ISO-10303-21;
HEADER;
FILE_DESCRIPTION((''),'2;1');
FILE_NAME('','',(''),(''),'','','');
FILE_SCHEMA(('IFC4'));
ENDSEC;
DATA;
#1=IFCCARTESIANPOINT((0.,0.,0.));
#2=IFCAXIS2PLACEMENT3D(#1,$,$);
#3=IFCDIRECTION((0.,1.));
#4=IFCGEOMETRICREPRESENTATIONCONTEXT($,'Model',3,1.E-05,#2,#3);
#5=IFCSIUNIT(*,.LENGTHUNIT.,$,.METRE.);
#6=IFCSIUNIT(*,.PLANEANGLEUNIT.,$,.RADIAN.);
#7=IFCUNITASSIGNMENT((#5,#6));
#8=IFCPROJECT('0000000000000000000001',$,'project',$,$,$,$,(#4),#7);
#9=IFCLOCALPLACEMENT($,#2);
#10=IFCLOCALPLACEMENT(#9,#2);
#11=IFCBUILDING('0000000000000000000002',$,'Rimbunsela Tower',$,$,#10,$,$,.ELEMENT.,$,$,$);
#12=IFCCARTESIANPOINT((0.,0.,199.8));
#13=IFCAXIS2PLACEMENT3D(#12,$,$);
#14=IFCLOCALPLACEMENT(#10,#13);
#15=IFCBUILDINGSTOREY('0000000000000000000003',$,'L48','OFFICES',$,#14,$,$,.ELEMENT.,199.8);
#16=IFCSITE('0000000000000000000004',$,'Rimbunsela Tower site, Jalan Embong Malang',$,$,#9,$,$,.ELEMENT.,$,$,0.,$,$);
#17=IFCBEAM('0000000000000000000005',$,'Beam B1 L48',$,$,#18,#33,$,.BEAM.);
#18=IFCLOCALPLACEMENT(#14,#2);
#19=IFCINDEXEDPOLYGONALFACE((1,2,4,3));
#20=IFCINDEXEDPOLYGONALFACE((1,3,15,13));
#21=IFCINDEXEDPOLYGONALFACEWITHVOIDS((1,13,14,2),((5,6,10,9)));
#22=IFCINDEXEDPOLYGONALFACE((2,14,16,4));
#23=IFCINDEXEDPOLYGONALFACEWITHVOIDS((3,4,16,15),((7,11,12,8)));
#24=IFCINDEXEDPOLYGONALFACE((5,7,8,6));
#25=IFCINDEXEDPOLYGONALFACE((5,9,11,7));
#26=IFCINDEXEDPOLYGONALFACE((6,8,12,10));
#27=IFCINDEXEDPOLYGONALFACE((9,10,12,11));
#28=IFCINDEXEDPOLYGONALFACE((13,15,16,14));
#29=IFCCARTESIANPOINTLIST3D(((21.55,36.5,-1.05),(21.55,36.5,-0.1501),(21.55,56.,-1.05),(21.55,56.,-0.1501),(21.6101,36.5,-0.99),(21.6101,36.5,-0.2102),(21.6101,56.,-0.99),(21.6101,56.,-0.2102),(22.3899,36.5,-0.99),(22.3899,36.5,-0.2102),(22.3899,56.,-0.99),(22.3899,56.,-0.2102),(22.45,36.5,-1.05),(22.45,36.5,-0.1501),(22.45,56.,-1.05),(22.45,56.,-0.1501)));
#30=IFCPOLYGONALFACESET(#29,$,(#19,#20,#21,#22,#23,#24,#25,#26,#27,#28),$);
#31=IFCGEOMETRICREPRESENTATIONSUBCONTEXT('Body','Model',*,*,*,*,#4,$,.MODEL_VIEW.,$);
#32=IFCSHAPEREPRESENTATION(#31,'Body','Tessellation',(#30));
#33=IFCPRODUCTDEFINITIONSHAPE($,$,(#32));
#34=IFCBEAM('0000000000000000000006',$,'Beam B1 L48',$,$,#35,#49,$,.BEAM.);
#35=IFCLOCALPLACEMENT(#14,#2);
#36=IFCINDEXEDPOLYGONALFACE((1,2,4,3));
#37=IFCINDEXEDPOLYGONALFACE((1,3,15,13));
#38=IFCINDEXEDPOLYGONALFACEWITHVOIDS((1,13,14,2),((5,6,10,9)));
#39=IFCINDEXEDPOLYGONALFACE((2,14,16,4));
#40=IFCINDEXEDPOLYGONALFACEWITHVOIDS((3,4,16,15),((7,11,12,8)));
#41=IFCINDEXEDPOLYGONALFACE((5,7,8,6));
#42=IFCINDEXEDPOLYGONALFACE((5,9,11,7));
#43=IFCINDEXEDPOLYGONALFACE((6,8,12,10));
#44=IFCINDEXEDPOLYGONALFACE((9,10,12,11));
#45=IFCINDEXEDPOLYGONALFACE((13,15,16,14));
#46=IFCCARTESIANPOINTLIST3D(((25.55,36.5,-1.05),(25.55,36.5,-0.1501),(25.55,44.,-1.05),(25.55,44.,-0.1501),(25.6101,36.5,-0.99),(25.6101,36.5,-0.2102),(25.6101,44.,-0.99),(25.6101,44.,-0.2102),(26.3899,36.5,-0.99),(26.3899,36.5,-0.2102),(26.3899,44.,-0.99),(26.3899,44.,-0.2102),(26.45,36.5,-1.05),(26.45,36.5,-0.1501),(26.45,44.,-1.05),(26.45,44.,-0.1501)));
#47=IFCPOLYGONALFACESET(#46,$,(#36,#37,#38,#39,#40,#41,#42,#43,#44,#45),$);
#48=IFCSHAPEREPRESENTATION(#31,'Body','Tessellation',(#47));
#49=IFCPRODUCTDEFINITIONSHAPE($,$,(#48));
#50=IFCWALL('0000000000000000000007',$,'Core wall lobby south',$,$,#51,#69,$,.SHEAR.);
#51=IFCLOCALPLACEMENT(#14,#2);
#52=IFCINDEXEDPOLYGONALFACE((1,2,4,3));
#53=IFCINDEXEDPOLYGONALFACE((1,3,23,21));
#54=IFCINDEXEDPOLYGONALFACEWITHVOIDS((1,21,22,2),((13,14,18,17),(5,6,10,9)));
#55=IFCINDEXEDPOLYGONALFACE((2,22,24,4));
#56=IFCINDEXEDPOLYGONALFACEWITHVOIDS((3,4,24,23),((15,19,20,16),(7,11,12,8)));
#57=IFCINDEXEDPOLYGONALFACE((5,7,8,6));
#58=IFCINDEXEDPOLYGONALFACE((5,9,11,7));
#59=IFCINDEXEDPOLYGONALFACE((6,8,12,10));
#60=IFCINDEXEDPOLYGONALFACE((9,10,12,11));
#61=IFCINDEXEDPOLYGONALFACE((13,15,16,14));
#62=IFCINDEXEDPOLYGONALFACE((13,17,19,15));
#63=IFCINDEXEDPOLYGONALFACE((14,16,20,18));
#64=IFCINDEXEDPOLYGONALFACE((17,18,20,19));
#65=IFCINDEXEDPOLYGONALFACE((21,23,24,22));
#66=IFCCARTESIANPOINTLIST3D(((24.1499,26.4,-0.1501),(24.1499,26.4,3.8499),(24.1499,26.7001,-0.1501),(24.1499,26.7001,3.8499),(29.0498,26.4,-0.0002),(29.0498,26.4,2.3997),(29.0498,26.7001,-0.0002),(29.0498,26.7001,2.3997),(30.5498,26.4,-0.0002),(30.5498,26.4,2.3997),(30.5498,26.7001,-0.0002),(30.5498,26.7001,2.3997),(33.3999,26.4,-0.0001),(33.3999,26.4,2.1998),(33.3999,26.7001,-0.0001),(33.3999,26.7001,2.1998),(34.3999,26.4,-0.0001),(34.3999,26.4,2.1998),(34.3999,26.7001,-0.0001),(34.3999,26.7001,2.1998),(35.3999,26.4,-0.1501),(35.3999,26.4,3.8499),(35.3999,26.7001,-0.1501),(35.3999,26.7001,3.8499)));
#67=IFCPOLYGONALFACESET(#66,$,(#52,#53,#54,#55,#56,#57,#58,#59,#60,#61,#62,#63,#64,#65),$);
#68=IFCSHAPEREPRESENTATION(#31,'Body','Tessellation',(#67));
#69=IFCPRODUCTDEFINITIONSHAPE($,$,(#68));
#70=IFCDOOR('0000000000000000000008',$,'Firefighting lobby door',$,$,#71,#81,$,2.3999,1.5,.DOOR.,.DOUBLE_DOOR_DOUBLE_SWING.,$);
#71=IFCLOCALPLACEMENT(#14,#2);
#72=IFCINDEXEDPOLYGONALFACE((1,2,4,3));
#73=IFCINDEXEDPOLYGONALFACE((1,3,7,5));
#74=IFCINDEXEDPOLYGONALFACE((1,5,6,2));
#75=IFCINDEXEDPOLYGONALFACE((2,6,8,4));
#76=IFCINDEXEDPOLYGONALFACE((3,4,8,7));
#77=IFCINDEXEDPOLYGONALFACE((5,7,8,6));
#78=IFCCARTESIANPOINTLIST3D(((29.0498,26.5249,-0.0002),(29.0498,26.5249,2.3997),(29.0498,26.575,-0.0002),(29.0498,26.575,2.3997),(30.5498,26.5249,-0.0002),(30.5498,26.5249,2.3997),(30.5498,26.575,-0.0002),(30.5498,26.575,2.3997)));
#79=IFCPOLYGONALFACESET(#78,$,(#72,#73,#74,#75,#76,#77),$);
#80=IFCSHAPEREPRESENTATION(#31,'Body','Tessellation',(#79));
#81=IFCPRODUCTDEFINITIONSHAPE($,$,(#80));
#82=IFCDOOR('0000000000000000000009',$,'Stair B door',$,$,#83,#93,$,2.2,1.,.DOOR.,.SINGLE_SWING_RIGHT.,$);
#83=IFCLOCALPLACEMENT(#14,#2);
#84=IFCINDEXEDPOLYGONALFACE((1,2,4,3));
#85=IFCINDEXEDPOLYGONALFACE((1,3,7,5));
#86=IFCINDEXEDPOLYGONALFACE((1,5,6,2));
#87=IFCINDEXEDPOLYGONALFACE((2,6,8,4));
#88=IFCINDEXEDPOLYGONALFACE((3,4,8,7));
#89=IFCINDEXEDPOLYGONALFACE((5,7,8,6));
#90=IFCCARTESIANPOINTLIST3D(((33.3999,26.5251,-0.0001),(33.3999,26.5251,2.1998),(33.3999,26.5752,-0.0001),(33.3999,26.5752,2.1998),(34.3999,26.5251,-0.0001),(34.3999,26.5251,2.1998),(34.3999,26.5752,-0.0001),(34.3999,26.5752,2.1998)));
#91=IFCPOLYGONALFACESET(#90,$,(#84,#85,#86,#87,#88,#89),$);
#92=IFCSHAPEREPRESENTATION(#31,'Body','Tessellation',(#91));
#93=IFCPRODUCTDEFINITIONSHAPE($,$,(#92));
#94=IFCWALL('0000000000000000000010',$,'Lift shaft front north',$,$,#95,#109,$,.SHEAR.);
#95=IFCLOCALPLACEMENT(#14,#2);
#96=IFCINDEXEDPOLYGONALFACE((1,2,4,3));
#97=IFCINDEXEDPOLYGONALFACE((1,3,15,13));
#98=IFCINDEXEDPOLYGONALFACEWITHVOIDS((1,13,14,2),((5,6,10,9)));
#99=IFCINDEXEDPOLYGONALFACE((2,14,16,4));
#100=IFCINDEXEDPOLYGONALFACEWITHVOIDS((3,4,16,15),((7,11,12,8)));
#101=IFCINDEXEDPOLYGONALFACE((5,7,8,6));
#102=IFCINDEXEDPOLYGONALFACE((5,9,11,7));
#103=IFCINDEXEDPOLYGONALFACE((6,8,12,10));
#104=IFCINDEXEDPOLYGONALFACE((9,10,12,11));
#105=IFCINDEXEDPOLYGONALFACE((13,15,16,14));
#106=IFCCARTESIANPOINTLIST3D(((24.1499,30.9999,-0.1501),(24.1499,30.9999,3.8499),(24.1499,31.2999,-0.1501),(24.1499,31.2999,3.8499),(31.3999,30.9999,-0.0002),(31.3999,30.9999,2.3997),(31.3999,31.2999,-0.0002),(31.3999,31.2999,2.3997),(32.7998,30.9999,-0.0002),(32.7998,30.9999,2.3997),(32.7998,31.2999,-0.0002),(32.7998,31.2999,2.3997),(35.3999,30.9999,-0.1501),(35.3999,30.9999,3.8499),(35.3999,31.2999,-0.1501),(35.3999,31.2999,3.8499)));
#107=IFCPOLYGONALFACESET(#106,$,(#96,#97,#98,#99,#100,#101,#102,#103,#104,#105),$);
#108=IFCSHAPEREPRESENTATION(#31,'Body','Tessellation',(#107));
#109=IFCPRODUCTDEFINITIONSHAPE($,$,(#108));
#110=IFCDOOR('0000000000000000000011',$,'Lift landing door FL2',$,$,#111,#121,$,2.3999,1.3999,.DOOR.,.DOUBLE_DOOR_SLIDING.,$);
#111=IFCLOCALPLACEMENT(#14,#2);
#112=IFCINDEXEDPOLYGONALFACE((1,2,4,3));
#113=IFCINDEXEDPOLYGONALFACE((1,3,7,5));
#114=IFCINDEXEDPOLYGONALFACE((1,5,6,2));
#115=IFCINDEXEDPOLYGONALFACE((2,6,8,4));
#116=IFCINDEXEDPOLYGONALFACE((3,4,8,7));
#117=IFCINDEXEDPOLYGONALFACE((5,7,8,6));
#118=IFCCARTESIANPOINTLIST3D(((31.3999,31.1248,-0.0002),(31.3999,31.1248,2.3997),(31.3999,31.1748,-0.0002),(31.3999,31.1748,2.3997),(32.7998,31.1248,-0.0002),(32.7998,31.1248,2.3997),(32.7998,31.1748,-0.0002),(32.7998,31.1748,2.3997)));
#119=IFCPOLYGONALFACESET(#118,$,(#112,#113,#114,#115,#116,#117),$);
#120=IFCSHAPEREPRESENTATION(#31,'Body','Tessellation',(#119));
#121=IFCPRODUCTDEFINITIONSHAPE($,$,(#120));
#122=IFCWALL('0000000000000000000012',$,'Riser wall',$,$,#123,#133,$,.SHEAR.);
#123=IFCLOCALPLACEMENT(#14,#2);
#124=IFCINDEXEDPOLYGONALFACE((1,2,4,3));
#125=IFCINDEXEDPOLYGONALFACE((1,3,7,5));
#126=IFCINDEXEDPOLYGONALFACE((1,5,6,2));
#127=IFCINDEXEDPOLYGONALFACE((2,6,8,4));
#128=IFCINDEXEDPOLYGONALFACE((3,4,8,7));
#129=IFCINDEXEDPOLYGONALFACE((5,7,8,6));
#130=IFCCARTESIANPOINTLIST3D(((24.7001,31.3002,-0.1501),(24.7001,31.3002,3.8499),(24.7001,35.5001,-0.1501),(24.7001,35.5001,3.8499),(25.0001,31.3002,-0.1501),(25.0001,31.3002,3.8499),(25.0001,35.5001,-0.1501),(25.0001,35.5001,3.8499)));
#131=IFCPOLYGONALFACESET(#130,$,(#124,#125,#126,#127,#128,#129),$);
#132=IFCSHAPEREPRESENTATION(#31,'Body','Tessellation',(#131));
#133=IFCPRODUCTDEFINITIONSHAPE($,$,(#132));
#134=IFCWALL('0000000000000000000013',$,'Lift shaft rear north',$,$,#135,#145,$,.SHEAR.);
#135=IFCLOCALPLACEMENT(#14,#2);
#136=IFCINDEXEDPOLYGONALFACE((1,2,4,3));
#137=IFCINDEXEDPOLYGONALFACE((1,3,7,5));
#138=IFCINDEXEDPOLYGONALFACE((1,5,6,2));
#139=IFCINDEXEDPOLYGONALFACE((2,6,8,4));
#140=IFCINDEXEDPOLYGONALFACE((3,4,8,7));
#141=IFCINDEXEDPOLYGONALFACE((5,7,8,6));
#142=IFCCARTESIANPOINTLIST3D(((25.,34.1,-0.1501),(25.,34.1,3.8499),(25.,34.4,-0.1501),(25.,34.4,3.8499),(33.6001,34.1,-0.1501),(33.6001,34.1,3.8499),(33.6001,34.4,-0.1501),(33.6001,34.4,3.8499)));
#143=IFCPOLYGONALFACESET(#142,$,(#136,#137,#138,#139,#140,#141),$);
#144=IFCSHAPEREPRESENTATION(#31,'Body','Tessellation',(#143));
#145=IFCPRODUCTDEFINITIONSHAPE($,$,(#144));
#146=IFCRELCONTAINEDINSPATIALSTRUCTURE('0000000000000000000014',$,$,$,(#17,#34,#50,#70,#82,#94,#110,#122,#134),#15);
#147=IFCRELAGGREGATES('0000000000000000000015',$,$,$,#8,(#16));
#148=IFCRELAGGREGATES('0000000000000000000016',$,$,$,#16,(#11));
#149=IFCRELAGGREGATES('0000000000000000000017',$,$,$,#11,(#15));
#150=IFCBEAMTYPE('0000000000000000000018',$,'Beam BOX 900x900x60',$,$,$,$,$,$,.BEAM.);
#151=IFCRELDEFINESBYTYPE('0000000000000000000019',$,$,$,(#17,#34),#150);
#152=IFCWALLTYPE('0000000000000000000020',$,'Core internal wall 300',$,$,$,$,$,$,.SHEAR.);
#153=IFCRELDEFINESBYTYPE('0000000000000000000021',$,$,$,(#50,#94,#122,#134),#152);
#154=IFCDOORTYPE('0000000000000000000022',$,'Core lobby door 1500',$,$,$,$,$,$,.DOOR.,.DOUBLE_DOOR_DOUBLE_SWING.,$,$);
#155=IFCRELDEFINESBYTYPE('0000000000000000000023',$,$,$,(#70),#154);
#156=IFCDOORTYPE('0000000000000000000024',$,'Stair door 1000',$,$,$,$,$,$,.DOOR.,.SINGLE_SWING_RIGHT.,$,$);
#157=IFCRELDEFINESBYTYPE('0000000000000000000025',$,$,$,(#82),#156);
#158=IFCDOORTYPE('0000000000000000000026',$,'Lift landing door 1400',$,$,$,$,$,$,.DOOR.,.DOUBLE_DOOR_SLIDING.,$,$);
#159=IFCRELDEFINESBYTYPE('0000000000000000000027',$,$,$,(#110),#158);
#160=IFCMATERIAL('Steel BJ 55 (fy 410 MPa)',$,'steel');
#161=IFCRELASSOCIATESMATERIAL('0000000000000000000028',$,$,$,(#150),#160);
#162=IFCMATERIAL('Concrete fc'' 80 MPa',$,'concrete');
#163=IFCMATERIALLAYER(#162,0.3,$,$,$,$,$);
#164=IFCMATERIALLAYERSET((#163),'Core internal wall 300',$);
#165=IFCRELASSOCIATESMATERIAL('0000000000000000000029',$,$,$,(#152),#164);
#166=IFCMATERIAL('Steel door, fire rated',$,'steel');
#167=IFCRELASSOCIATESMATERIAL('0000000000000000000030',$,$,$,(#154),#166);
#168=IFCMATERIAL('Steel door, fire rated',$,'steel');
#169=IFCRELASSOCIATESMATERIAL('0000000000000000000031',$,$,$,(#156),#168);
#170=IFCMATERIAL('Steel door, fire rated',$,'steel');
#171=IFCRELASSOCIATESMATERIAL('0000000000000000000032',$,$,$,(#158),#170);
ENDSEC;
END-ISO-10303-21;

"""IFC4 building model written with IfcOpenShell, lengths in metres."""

from ifc_helpers import new_model, si_unit, direction, frame, frame_2d, origin, origin_2d, place, context, subcontext, project, spatial, rectangle, hollow_rectangle, extrude, material, layer, layer_set, material_profile, profile_set, type_object, element, fill, save


model = new_model("IFC4")

# Units and contexts
model_context = context("Model", 3, precision=1e-05, world=origin(), true_north=direction((0.0, 1.0)))
body_context = subcontext(model_context, "Body", "Model", "MODEL_VIEW")
ifc_project = project(units=[si_unit("LENGTHUNIT", "METRE"), si_unit("PLANEANGLEUNIT", "RADIAN")], contexts=[model_context])

# Site, building, storey
site_placement = place(None, origin())
site = spatial("IfcSite", under=ifc_project, at=site_placement, Name="Rimbunsela Tower site, Jalan Embong Malang", CompositionType="ELEMENT", RefElevation=0.0)
building_placement = place(site_placement, origin())
building = spatial("IfcBuilding", under=site, at=building_placement, Name="Rimbunsela Tower", CompositionType="ELEMENT")
storey_placement = place(building_placement, frame((0.0, 0.0, 199.8)))
storey = spatial("IfcBuildingStorey", under=building, at=storey_placement, Name="L48", Description="OFFICES", CompositionType="ELEMENT", Elevation=199.8)

# Beams
ifc_material_1 = material(Name="Steel BJ 55 (fy 410 MPa)", Category="steel")
ifc_material_profile = material_profile(ifc_material_1, hollow_rectangle(XDim=0.8999, YDim=0.8999, WallThickness=0.0601, at=origin_2d()), Name="BOX 900x900x60")
ifc_profile_set = profile_set([ifc_material_profile], Name="Steel BJ 55 (fy 410 MPa)")
beam_type = type_object("IfcBeamType", Name="Beam BOX 900x900x60", PredefinedType="BEAM", material=ifc_profile_set)
beam_1_placement = place(storey_placement, frame((22.0, 36.5, -0.6001), z_axis=(0.0, 1.0, 0.0), x_axis=(-1.0, 0.0, 0.0)))
element("IfcBeam", 1, at=beam_1_placement, inside=storey, type_object=beam_type, Name="Beam B1 L48", PredefinedType="BEAM", context=body_context, shape_type="SweptSolid", body=[
    extrude(hollow_rectangle(XDim=0.8999, YDim=0.8999, WallThickness=0.0601, at=origin_2d()), origin(), (0.0, 0.0, 1.0), 19.5),
])
beam_2_placement = place(storey_placement, frame((26.0, 36.5, -0.6001), z_axis=(0.0, 1.0, 0.0), x_axis=(-1.0, 0.0, 0.0)))
element("IfcBeam", 2, at=beam_2_placement, inside=storey, type_object=beam_type, Name="Beam B1 L48", PredefinedType="BEAM", context=body_context, shape_type="SweptSolid", body=[
    extrude(hollow_rectangle(XDim=0.8999, YDim=0.8999, WallThickness=0.0601, at=origin_2d()), origin(), (0.0, 0.0, 1.0), 7.5),
])

# Wall, openings, doors
ifc_material_2 = material(Name="Concrete fc' 80 MPa", Category="concrete")
ifc_layer_1 = layer(ifc_material_2, 0.3)
ifc_layer_set_1 = layer_set([ifc_layer_1], Name="Core internal wall 300")
wall_type_1 = type_object("IfcWallType", Name="Core internal wall 300", PredefinedType="SHEAR", material=ifc_layer_set_1)
wall_1_placement = place(storey_placement, frame((24.1499, 26.55, -0.1501), z_axis=(0.0, 0.0, 1.0), x_axis=(1.0, 0.0, 0.0)))
wall_1 = element("IfcWall", 3, at=wall_1_placement, inside=storey, type_object=wall_type_1, Name="Core wall lobby south", PredefinedType="SHEAR", context=body_context, shape_type="SweptSolid", body=[
    extrude(rectangle(XDim=11.25, YDim=0.3, at=frame_2d((5.625, 0.0))), origin(), (0.0, 0.0, 1.0), 4.0),
])
opening_1_placement = place(wall_1_placement, frame((9.25, 0.0, 0.1499)))
opening_1 = element("IfcOpeningElement", 4, at=opening_1_placement, cuts=wall_1, PredefinedType="OPENING", context=body_context, shape_type="SweptSolid", body=[
    extrude(rectangle(XDim=1.0, YDim=2.2, at=frame_2d((0.5, 1.1001))), frame((0.0, 0.1599, 0.0), z_axis=(0.0, -1.0, 0.0), x_axis=(1.0, 0.0, 0.0)), (0.0, 0.0, 1.0), 0.3201),
])
opening_2_placement = place(wall_1_placement, frame((4.8999, 0.0, 0.1499)))
opening_2 = element("IfcOpeningElement", 5, at=opening_2_placement, cuts=wall_1, PredefinedType="OPENING", context=body_context, shape_type="SweptSolid", body=[
    extrude(rectangle(XDim=1.5, YDim=2.3999, at=frame_2d((0.75, 1.2))), frame((0.0, 0.1599, 0.0), z_axis=(0.0, -1.0, 0.0), x_axis=(1.0, 0.0, 0.0)), (0.0, 0.0, 1.0), 0.3201),
])
ifc_material_3 = material(Name="Steel door, fire rated", Category="steel")
door_type_1 = type_object("IfcDoorType", Name="Core lobby door 1500", OperationType="DOUBLE_DOOR_DOUBLE_SWING", PredefinedType="DOOR", material=ifc_material_3)
door_1_placement = place(opening_2_placement, origin())
door_1 = element("IfcDoor", 6, at=door_1_placement, inside=storey, type_object=door_type_1, Name="Firefighting lobby door", OperationType="DOUBLE_DOOR_DOUBLE_SWING", OverallHeight=2.3999, OverallWidth=1.5, PredefinedType="DOOR", context=body_context, shape_type="SweptSolid", body=[
    extrude(rectangle(XDim=1.5, YDim=2.3999, at=frame_2d((0.75, 1.2))), frame((0.0, 0.0249, 0.0), z_axis=(0.0, -1.0, 0.0), x_axis=(1.0, 0.0, 0.0)), (0.0, 0.0, 1.0), 0.05),
])
fill(opening_2, door_1)
ifc_material_4 = material(Name="Steel door, fire rated", Category="steel")
door_type_2 = type_object("IfcDoorType", Name="Stair door 1000", OperationType="SINGLE_SWING_RIGHT", PredefinedType="DOOR", material=ifc_material_4)
door_2_placement = place(opening_1_placement, frame((1.0, 0.0, 0.0), z_axis=(0.0, 0.0, 1.0), x_axis=(-1.0, 0.0, 0.0)))
door_2 = element("IfcDoor", 7, at=door_2_placement, inside=storey, type_object=door_type_2, Name="Stair B door", OperationType="SINGLE_SWING_RIGHT", OverallHeight=2.2, OverallWidth=1.0, PredefinedType="DOOR", context=body_context, shape_type="SweptSolid", body=[
    extrude(rectangle(XDim=1.0, YDim=2.2, at=frame_2d((0.5, 1.1001))), frame((0.0, 0.0249, 0.0), z_axis=(0.0, -1.0, 0.0), x_axis=(1.0, 0.0, 0.0)), (0.0, 0.0, 1.0), 0.05),
])
fill(opening_1, door_2)

# Wall, opening, door
wall_2_placement = place(storey_placement, frame((24.1499, 31.1499, -0.1501), z_axis=(0.0, 0.0, 1.0), x_axis=(1.0, 0.0, 0.0)))
wall_2 = element("IfcWall", 8, at=wall_2_placement, inside=storey, type_object=wall_type_1, Name="Lift shaft front north", PredefinedType="SHEAR", context=body_context, shape_type="SweptSolid", body=[
    extrude(rectangle(XDim=11.25, YDim=0.3, at=frame_2d((5.625, 0.0))), origin(), (0.0, 0.0, 1.0), 4.0),
])
opening_3_placement = place(wall_2_placement, frame((7.25, 0.0, 0.1499)))
opening_3 = element("IfcOpeningElement", 9, at=opening_3_placement, cuts=wall_2, PredefinedType="OPENING", context=body_context, shape_type="SweptSolid", body=[
    extrude(rectangle(XDim=1.3999, YDim=2.3999, at=frame_2d((0.7, 1.2))), frame((0.0, 0.1599, 0.0), z_axis=(0.0, -1.0, 0.0), x_axis=(1.0, 0.0, 0.0)), (0.0, 0.0, 1.0), 0.3201),
])
ifc_material_5 = material(Name="Steel door, fire rated", Category="steel")
door_type_3 = type_object("IfcDoorType", Name="Lift landing door 1400", OperationType="DOUBLE_DOOR_SLIDING", PredefinedType="DOOR", material=ifc_material_5)
door_3_placement = place(opening_3_placement, origin())
door_3 = element("IfcDoor", 10, at=door_3_placement, inside=storey, type_object=door_type_3, Name="Lift landing door FL2", OperationType="DOUBLE_DOOR_SLIDING", OverallHeight=2.3999, OverallWidth=1.3999, PredefinedType="DOOR", context=body_context, shape_type="SweptSolid", body=[
    extrude(rectangle(XDim=1.3999, YDim=2.3999, at=frame_2d((0.7, 1.2))), frame((0.0, 0.0249, 0.0), z_axis=(0.0, -1.0, 0.0), x_axis=(1.0, 0.0, 0.0)), (0.0, 0.0, 1.0), 0.05),
])
fill(opening_3, door_3)

# Walls
wall_3_placement = place(storey_placement, frame((24.8501, 31.3, -0.1501), z_axis=(0.0, 0.0, 1.0), x_axis=(0.0, 1.0, 0.0)))
element("IfcWall", 11, at=wall_3_placement, inside=storey, type_object=wall_type_1, Name="Riser wall", PredefinedType="SHEAR", context=body_context, shape_type="SweptSolid", body=[
    extrude(rectangle(XDim=4.2, YDim=0.3, at=frame_2d((2.1001, 0.0))), origin(), (0.0, 0.0, 1.0), 4.0),
])
wall_4_placement = place(storey_placement, frame((25.0, 34.25, -0.1501), z_axis=(0.0, 0.0, 1.0), x_axis=(1.0, 0.0, 0.0)))
element("IfcWall", 12, at=wall_4_placement, inside=storey, type_object=wall_type_1, Name="Lift shaft rear north", PredefinedType="SHEAR", context=body_context, shape_type="SweptSolid", body=[
    extrude(rectangle(XDim=8.6001, YDim=0.3, at=frame_2d((4.3, 0.0))), origin(), (0.0, 0.0, 1.0), 4.0),
])

save(model, "model.ifc")
